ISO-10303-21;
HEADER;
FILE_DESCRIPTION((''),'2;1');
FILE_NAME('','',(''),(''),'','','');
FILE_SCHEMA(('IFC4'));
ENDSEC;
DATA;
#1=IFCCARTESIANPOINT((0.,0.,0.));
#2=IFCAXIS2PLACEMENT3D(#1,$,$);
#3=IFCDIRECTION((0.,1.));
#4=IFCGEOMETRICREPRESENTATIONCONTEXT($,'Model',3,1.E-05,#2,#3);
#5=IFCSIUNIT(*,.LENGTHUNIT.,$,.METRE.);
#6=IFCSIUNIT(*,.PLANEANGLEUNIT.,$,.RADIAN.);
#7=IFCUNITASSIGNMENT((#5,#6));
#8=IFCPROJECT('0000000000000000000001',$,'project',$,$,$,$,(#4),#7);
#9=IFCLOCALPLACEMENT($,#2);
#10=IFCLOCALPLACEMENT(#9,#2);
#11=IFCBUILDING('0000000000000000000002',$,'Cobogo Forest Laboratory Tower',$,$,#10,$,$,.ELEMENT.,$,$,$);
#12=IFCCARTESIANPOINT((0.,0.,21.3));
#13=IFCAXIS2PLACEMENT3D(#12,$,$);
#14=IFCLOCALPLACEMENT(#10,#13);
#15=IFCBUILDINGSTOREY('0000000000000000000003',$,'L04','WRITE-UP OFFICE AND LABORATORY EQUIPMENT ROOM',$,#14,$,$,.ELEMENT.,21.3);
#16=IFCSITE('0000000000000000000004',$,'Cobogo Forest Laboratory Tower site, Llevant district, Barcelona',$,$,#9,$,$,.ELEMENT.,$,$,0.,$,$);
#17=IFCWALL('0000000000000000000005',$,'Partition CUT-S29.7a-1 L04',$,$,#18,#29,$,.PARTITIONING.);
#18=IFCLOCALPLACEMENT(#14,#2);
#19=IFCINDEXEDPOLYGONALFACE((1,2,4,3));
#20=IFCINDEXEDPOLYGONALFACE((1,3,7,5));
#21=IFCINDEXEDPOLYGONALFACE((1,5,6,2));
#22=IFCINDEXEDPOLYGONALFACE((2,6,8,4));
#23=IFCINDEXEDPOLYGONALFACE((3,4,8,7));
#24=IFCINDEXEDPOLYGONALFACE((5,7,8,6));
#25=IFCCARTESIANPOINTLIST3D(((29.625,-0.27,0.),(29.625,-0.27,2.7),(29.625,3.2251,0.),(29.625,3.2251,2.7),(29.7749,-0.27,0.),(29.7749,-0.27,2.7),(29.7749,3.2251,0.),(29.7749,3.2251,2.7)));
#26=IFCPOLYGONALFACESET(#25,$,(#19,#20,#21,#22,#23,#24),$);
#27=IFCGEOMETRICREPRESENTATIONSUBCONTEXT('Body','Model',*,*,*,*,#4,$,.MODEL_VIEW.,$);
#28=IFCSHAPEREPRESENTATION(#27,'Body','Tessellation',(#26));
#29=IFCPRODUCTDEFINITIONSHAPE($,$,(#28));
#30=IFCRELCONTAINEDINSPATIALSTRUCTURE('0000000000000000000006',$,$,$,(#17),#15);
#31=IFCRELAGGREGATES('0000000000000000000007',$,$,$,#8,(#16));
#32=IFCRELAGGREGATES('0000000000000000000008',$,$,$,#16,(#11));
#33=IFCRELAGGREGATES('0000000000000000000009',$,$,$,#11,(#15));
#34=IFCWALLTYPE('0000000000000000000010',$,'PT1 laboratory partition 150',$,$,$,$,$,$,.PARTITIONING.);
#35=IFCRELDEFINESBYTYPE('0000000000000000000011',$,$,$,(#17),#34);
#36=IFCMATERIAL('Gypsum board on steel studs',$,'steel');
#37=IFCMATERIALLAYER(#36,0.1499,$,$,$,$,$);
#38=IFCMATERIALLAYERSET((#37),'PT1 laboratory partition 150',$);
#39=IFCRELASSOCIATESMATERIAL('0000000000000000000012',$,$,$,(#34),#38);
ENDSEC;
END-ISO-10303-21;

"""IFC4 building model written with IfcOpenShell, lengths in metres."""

from ifc_helpers import new_model, si_unit, direction, frame, frame_2d, origin, place, context, subcontext, project, spatial, rectangle, extrude, material, layer, layer_set, type_object, element, save


model = new_model("IFC4")

# Units and contexts
model_context = context("Model", 3, precision=1e-05, world=origin(), true_north=direction((0.0, 1.0)))
body_context = subcontext(model_context, "Body", "Model", "MODEL_VIEW")
ifc_project = project(units=[si_unit("LENGTHUNIT", "METRE"), si_unit("PLANEANGLEUNIT", "RADIAN")], contexts=[model_context])

# Site, building, storey
site_placement = place(None, origin())
site = spatial("IfcSite", under=ifc_project, at=site_placement, Name="Cobogo Forest Laboratory Tower site, Llevant district, Barcelona", CompositionType="ELEMENT", RefElevation=0.0)
building_placement = place(site_placement, origin())
building = spatial("IfcBuilding", under=site, at=building_placement, Name="Cobogo Forest Laboratory Tower", CompositionType="ELEMENT")
storey_placement = place(building_placement, frame((0.0, 0.0, 21.3)))
storey = spatial("IfcBuildingStorey", under=building, at=storey_placement, Name="L04", Description="WRITE-UP OFFICE AND LABORATORY EQUIPMENT ROOM", CompositionType="ELEMENT", Elevation=21.3)

# Wall
ifc_material_1 = material(Name="Gypsum board on steel studs", Category="steel")
ifc_layer_1 = layer(ifc_material_1, 0.1499)
ifc_layer_set_1 = layer_set([ifc_layer_1], Name="PT1 laboratory partition 150")
wall_type = type_object("IfcWallType", Name="PT1 laboratory partition 150", PredefinedType="PARTITIONING", material=ifc_layer_set_1)
wall_placement = place(storey_placement, frame((29.7, -0.27, 0.0), z_axis=(0.0, 0.0, 1.0), x_axis=(0.0, 1.0, 0.0)))
element("IfcWall", 1, at=wall_placement, inside=storey, type_object=wall_type, Name="Partition CUT-S29.7a-1 L04", PredefinedType="PARTITIONING", context=body_context, shape_type="SweptSolid", body=[
    extrude(rectangle(XDim=3.4951, YDim=0.1499, at=frame_2d((1.7476, 0.0))), origin(), (0.0, 0.0, 1.0), 2.7),
])

save(model, "model.ifc")
